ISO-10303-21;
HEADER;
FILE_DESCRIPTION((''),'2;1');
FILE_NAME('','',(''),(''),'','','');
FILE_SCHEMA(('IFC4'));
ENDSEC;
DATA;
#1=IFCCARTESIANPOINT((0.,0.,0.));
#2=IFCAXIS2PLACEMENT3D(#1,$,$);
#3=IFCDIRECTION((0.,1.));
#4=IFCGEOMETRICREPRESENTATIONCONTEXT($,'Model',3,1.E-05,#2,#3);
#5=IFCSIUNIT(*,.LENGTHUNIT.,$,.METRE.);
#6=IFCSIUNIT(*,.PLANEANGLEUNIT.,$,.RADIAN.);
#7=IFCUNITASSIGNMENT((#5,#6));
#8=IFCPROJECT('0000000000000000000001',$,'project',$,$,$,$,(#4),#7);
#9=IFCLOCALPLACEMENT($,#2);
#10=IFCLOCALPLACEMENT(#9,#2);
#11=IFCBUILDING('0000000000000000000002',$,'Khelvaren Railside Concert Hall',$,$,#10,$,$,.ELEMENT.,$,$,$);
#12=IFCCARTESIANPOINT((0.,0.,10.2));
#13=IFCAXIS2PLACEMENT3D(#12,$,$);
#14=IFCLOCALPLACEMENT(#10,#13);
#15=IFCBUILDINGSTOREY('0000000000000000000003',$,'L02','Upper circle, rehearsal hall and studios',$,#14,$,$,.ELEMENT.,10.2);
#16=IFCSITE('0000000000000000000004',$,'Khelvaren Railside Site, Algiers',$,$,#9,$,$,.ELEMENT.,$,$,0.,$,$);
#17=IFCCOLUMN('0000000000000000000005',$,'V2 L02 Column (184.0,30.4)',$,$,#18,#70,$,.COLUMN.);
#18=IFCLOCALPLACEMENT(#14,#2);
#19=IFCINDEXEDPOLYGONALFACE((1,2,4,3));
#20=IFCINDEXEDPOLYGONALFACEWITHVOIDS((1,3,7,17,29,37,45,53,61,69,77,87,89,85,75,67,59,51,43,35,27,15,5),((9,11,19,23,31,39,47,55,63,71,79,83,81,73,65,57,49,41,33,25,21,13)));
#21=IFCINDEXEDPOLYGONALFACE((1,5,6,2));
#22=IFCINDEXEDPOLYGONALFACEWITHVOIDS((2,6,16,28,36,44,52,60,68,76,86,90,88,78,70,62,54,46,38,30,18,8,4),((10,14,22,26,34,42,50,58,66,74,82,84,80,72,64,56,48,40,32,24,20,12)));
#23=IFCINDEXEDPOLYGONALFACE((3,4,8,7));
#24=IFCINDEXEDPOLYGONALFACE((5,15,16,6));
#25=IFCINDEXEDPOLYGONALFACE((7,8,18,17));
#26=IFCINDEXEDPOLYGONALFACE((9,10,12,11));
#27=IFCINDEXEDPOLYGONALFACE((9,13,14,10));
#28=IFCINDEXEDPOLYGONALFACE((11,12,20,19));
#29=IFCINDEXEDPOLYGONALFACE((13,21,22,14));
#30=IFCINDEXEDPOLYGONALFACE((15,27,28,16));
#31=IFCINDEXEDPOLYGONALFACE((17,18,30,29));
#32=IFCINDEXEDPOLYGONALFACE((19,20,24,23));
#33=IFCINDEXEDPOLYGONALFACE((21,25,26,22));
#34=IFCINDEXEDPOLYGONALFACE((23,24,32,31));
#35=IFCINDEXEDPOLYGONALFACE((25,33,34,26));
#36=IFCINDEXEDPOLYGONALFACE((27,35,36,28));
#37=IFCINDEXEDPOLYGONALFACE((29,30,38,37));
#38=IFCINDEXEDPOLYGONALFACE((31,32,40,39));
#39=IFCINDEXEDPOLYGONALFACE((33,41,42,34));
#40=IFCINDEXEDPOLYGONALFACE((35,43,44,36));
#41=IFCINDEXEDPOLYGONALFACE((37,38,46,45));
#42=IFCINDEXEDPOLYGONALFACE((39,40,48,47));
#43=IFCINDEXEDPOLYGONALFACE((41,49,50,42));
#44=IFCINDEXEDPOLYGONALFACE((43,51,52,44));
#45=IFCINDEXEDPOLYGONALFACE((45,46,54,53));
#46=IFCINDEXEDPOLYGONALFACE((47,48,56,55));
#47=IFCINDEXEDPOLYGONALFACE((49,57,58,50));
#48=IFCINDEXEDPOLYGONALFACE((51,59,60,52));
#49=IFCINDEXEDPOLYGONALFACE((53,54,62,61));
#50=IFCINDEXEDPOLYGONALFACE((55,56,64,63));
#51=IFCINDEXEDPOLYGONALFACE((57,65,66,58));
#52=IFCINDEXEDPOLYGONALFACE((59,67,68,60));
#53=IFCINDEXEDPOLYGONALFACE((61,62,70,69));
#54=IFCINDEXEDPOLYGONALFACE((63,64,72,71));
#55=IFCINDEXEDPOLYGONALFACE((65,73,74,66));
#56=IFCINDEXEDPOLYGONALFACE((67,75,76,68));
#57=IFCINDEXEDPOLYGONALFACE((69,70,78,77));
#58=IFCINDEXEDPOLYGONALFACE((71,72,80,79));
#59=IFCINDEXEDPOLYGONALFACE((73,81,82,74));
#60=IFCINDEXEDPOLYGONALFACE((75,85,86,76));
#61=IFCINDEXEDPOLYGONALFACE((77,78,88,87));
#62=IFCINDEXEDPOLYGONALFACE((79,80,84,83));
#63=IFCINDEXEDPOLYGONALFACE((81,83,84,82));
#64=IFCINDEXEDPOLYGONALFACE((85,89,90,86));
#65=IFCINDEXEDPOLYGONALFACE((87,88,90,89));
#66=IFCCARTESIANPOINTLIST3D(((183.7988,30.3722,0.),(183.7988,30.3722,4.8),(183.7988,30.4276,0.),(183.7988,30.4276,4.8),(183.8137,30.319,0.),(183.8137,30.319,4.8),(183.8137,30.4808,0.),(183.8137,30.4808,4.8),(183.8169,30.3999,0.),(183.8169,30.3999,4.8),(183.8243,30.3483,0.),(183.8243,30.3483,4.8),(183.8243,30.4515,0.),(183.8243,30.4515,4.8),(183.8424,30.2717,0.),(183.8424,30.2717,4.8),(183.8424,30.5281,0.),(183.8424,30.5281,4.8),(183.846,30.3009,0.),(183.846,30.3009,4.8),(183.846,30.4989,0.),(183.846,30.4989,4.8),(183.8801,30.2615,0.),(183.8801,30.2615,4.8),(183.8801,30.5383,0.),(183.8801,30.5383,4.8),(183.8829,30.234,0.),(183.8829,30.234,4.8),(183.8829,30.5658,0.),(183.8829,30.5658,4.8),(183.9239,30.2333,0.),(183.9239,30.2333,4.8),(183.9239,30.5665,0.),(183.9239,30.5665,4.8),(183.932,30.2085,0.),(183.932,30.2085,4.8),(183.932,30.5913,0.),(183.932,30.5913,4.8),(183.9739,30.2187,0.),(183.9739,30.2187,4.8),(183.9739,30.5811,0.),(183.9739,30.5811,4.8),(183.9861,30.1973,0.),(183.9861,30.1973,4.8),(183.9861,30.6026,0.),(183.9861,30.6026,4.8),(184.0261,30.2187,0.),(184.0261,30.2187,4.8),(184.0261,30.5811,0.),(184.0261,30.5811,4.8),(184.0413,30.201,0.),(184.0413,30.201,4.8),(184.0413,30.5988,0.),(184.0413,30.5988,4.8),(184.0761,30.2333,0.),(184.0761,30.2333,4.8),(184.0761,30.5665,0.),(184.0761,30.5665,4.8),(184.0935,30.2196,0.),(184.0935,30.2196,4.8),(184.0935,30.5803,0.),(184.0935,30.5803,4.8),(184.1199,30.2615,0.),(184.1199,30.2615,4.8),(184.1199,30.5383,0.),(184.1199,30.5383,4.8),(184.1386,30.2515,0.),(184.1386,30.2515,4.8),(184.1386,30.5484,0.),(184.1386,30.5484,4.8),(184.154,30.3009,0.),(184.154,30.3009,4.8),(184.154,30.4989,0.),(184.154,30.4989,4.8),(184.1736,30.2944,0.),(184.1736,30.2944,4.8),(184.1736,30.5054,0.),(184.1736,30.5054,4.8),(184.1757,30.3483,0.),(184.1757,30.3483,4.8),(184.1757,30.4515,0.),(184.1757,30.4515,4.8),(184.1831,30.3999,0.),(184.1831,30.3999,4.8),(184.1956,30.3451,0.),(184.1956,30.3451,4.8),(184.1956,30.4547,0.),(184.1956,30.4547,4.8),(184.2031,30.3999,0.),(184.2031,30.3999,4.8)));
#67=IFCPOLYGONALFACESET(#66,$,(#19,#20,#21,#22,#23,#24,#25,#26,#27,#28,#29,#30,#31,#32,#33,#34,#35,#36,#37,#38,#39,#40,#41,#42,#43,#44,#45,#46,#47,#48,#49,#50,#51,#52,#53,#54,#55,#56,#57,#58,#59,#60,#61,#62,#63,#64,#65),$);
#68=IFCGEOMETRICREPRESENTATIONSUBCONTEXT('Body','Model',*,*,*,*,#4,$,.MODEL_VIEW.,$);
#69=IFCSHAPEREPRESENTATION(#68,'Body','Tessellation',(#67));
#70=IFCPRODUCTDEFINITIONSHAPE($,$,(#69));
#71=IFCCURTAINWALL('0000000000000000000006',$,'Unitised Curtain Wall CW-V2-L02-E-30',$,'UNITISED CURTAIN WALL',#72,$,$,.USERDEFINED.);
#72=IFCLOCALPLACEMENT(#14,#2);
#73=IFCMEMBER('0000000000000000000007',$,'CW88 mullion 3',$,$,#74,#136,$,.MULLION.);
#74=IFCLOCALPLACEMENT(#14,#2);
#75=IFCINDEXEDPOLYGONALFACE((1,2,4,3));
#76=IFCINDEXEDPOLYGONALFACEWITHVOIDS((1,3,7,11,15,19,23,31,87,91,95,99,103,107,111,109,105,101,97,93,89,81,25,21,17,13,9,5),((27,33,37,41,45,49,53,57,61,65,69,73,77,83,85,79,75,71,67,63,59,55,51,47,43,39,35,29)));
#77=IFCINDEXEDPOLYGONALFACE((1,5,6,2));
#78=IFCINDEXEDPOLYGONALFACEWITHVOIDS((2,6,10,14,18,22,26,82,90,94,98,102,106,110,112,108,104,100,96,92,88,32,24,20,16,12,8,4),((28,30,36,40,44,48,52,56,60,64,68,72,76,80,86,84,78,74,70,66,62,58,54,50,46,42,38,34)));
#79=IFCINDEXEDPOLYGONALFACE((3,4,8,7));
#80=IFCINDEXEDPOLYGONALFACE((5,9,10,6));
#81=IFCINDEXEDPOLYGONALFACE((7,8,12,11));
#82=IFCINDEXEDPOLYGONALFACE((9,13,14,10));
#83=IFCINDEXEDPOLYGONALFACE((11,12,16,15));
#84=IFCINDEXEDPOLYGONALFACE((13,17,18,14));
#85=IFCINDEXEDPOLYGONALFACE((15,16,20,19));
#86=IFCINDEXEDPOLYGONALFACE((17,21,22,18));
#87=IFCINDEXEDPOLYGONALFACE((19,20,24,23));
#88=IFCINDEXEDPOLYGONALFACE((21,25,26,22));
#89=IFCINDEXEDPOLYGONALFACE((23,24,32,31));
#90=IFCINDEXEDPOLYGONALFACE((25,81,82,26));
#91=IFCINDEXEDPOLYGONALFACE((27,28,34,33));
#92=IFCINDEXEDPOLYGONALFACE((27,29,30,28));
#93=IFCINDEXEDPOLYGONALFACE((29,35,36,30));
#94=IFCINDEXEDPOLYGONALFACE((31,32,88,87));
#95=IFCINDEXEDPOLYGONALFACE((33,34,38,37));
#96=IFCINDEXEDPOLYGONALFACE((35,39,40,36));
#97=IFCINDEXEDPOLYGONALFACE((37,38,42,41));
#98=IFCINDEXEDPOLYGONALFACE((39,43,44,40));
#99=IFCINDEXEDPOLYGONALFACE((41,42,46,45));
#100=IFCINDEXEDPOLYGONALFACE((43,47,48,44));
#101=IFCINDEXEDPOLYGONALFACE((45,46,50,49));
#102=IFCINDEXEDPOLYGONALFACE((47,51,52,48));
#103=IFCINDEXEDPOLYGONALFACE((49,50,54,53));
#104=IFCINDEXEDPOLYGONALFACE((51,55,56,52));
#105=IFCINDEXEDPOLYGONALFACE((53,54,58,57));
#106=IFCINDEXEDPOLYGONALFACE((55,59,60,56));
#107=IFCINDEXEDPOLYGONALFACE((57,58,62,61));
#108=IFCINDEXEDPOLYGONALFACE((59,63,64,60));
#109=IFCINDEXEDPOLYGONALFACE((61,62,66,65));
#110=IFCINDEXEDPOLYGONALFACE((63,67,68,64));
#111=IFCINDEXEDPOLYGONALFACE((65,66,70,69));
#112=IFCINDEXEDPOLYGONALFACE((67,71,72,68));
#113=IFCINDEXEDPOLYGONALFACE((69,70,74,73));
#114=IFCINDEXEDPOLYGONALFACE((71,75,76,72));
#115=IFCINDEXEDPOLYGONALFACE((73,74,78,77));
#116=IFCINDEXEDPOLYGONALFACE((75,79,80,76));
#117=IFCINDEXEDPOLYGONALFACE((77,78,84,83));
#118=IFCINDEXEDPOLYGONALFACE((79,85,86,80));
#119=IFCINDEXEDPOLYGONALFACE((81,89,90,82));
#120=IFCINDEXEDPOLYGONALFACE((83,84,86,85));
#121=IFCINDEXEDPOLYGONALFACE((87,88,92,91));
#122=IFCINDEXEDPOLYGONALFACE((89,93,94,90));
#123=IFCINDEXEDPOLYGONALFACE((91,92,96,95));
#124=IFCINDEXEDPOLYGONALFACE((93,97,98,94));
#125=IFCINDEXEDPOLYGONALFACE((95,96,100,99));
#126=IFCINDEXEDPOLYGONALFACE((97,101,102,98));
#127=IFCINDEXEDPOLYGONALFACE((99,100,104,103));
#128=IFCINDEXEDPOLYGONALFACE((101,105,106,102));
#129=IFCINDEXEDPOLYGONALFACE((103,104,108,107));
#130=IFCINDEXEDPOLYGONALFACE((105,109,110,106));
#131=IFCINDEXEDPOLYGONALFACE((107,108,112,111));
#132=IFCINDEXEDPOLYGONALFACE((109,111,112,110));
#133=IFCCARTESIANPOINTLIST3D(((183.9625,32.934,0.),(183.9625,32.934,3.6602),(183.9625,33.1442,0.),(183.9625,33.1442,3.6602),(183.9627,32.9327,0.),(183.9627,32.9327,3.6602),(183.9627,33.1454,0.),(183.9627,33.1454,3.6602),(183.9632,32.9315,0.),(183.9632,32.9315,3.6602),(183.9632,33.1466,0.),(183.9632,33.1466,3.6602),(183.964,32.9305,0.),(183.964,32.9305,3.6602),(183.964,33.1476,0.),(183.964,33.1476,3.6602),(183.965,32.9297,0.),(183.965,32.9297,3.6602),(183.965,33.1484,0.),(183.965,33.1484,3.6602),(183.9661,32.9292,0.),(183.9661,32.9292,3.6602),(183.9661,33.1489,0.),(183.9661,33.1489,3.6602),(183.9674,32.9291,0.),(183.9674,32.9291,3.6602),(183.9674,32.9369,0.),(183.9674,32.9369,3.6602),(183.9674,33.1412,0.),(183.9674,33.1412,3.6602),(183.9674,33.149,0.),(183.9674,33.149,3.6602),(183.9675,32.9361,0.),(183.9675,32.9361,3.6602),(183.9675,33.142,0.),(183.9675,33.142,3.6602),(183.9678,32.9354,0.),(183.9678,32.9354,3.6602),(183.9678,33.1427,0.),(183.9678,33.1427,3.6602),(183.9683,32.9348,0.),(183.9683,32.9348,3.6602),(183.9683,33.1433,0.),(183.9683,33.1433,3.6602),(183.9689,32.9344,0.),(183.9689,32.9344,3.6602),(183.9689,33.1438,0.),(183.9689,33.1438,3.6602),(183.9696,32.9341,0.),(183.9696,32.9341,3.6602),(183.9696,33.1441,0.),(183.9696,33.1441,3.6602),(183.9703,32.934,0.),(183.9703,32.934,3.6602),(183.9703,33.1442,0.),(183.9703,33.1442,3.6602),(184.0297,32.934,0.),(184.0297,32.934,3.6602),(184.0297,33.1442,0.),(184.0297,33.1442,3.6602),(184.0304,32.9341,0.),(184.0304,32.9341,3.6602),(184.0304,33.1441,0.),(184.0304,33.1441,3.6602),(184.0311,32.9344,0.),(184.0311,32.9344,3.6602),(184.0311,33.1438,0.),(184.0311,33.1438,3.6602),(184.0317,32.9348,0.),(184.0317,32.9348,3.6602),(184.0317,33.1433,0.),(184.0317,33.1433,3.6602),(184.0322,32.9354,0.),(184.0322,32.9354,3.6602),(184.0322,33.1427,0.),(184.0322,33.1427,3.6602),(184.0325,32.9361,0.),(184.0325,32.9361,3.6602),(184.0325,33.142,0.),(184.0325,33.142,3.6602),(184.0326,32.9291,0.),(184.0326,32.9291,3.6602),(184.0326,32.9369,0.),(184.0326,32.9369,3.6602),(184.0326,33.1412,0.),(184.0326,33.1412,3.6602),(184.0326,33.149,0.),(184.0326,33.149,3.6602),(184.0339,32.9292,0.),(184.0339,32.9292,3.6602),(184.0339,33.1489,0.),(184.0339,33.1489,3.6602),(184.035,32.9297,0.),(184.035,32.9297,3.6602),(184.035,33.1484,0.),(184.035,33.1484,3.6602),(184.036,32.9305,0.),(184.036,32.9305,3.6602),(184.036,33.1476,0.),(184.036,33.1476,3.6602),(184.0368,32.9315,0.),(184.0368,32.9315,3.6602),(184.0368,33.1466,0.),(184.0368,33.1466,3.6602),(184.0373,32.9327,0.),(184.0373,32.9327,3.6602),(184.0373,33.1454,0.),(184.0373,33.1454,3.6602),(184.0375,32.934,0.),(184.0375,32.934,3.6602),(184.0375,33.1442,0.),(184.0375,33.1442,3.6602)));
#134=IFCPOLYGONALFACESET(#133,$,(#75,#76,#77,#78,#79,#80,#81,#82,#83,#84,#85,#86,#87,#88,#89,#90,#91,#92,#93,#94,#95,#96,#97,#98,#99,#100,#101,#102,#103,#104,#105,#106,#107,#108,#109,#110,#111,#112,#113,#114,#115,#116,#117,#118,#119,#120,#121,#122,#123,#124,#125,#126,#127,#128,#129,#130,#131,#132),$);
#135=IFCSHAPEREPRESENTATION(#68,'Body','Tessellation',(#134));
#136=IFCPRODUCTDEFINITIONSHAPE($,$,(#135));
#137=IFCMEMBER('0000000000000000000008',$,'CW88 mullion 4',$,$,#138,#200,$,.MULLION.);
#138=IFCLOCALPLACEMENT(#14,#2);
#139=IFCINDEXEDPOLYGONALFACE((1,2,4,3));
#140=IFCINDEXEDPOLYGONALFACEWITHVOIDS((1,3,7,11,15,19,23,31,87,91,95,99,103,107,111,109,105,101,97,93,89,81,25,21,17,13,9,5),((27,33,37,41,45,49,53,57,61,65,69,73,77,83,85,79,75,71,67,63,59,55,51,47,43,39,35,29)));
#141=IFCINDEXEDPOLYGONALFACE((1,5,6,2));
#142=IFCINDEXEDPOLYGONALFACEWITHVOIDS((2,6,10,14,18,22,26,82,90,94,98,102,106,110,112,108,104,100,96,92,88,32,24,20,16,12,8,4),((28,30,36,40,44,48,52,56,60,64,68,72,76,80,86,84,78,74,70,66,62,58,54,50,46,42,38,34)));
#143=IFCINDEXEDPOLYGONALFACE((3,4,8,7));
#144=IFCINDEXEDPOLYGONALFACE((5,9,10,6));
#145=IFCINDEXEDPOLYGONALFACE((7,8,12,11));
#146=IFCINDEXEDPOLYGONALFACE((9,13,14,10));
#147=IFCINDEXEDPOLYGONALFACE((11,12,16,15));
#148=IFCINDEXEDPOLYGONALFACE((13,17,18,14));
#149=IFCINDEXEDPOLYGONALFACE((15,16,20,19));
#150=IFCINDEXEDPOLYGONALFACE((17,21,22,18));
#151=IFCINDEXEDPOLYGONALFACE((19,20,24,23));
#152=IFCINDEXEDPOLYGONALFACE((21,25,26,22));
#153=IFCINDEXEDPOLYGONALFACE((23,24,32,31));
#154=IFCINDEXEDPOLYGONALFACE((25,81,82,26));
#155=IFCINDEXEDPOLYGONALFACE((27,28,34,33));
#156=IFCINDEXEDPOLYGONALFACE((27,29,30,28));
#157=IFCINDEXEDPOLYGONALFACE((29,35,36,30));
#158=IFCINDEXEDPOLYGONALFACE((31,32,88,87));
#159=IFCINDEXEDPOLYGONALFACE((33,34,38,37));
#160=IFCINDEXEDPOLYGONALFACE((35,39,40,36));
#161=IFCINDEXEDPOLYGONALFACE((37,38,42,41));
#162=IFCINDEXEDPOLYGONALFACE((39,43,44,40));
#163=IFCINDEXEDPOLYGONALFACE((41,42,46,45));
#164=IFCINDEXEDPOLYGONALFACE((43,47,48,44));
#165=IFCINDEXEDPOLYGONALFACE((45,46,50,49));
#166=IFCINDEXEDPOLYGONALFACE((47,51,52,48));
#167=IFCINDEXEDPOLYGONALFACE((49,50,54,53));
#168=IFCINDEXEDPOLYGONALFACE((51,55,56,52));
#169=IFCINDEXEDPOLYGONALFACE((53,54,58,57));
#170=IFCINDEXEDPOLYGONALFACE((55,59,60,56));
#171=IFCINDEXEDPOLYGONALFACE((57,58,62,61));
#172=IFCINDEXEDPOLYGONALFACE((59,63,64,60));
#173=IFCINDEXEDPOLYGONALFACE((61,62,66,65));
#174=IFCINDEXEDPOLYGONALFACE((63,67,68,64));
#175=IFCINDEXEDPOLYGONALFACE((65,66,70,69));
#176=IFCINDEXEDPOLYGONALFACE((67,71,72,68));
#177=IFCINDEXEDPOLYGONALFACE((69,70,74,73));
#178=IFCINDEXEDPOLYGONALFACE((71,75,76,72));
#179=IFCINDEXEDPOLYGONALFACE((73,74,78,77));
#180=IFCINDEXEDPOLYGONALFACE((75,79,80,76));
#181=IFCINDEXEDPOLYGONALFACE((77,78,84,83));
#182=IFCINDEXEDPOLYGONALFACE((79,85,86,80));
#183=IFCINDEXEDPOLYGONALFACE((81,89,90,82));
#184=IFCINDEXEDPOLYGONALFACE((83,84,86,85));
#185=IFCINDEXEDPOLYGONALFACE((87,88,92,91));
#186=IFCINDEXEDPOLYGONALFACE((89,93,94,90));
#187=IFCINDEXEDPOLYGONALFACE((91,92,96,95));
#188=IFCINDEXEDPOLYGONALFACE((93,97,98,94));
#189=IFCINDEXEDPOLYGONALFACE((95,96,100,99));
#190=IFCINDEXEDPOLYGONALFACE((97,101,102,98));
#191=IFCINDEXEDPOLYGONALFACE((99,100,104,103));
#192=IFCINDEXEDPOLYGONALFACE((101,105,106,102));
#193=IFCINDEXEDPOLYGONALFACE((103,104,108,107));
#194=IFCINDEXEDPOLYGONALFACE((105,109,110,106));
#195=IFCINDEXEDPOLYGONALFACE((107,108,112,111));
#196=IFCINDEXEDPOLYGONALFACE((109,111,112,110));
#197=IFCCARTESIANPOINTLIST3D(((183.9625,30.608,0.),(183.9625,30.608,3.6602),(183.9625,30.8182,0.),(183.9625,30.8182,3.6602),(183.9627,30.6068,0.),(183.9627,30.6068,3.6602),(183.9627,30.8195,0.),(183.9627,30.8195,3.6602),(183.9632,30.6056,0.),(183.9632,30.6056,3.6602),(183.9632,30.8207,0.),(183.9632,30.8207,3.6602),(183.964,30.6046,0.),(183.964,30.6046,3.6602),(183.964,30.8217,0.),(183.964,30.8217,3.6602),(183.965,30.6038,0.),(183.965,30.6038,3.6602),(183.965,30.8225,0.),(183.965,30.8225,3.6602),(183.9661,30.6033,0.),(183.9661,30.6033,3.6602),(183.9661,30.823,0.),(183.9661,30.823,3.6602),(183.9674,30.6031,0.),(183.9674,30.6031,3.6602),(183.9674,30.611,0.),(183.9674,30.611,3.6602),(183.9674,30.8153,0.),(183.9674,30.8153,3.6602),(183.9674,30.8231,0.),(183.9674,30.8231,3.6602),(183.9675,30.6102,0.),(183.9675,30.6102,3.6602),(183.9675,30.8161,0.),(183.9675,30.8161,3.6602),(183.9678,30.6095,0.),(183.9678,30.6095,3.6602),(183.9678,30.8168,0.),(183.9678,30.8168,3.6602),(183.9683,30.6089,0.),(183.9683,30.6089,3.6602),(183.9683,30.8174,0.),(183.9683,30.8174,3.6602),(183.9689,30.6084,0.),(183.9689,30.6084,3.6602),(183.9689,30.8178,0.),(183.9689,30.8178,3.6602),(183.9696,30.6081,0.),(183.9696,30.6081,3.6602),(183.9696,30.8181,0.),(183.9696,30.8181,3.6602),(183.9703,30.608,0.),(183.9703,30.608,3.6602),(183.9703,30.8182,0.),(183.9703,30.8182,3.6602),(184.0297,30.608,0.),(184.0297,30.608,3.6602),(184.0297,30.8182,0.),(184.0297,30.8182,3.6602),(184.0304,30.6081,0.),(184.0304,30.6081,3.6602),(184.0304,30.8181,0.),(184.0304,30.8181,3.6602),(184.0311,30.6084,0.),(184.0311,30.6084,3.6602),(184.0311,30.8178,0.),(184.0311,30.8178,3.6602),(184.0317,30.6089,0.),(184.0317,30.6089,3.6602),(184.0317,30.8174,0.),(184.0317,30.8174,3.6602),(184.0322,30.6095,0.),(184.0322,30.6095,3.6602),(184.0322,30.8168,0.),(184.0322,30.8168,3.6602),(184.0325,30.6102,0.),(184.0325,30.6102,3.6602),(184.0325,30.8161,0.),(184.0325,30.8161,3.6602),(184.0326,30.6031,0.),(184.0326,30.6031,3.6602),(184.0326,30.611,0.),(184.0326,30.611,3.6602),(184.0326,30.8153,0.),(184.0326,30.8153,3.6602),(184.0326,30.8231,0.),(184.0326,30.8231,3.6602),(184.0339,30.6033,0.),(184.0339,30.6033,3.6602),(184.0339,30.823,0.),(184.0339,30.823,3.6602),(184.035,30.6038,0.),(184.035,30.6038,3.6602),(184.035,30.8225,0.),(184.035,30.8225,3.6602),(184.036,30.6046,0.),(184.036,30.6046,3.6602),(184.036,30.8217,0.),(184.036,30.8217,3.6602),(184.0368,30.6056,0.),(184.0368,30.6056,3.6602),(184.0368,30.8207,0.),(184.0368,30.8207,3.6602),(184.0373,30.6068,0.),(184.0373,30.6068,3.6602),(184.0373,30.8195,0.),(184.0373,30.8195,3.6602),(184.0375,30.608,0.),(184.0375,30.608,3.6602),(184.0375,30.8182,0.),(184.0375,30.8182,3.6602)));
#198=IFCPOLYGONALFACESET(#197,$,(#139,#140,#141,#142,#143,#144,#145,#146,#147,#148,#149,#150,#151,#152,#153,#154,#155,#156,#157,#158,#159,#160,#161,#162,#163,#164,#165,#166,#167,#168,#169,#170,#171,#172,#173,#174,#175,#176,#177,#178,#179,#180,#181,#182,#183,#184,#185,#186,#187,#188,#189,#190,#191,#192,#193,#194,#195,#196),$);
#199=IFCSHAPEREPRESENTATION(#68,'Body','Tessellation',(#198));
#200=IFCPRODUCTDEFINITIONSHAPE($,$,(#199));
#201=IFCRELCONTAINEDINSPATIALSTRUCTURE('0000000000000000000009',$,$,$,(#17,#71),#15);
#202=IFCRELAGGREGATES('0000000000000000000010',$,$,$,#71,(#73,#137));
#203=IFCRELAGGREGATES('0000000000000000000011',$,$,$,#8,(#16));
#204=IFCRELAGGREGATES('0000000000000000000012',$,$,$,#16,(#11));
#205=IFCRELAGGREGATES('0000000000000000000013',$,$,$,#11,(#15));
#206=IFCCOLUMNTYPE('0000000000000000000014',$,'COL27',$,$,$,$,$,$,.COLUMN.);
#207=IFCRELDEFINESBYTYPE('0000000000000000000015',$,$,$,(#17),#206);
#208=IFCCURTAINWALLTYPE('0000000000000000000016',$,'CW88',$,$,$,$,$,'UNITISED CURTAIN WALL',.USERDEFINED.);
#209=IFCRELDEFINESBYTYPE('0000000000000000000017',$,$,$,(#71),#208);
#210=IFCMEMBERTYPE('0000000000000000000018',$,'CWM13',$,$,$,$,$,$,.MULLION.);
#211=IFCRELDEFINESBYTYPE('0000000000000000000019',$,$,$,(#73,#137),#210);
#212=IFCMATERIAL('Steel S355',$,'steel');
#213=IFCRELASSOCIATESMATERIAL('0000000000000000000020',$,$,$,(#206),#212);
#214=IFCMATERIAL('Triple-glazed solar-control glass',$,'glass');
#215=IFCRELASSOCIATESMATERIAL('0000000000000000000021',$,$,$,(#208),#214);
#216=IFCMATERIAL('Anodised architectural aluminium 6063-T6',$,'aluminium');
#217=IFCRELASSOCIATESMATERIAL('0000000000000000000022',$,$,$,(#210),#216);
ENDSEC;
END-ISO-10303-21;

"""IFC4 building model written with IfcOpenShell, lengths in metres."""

from ifc_helpers import new_model, si_unit, direction, frame, origin, origin_2d, place, context, subcontext, project, spatial, hollow_rectangle, hollow_circle, extrude, material, material_profile, profile_set, type_object, element, aggregate, save


model = new_model("IFC4")

# Units and contexts
model_context = context("Model", 3, precision=1e-05, world=origin(), true_north=direction((0.0, 1.0)))
body_context = subcontext(model_context, "Body", "Model", "MODEL_VIEW")
ifc_project = project(units=[si_unit("LENGTHUNIT", "METRE"), si_unit("PLANEANGLEUNIT", "RADIAN")], contexts=[model_context])

# Site, building, storey
site_placement = place(None, origin())
site = spatial("IfcSite", under=ifc_project, at=site_placement, Name="Khelvaren Railside Site, Algiers", CompositionType="ELEMENT", RefElevation=0.0)
building_placement = place(site_placement, origin())
building = spatial("IfcBuilding", under=site, at=building_placement, Name="Khelvaren Railside Concert Hall", CompositionType="ELEMENT")
storey_placement = place(building_placement, frame((0.0, 0.0, 10.2)))
storey = spatial("IfcBuildingStorey", under=building, at=storey_placement, Name="L02", Description="Upper circle, rehearsal hall and studios", CompositionType="ELEMENT", Elevation=10.2)

# Column
ifc_material_1 = material(Name="Steel S355", Category="steel")
ifc_material_profile_1 = material_profile(ifc_material_1, hollow_circle(Radius=0.2031, WallThickness=0.02, at=origin_2d()), Name="CHS 406.4x20")
ifc_profile_set_1 = profile_set([ifc_material_profile_1], Name="Steel S355")
column_type = type_object("IfcColumnType", Name="COL27", PredefinedType="COLUMN", material=ifc_profile_set_1)
column_placement = place(storey_placement, frame((184.0, 30.3999, 0.0), z_axis=(0.0, 0.0, 1.0), x_axis=(1.0, 0.0, 0.0)))
element("IfcColumn", 1, at=column_placement, inside=storey, type_object=column_type, Name="V2 L02 Column (184.0,30.4)", PredefinedType="COLUMN", context=body_context, shape_type="SweptSolid", body=[
    extrude(hollow_circle(Radius=0.2031, WallThickness=0.02, at=origin_2d()), origin(), (0.0, 0.0, 1.0), 4.8),
])

# Curtain wall, members
ifc_material_2 = material(Name="Triple-glazed solar-control glass", Category="glass")
curtain_wall_type_1 = type_object("IfcCurtainWallType", Name="CW88", ElementType="UNITISED CURTAIN WALL", PredefinedType="USERDEFINED", material=ifc_material_2)
curtain_wall_1_placement = place(storey_placement, origin())
curtain_wall_1 = element("IfcCurtainWall", 2, at=curtain_wall_1_placement, inside=storey, type_object=curtain_wall_type_1, Name="Unitised Curtain Wall CW-V2-L02-E-30", ObjectType="UNITISED CURTAIN WALL", PredefinedType="USERDEFINED")
ifc_material_3 = material(Name="Anodised architectural aluminium 6063-T6", Category="aluminium")
ifc_material_profile_2 = material_profile(ifc_material_3, hollow_rectangle(XDim=0.075, YDim=0.22, WallThickness=0.0049, InnerFilletRadius=0.0029, OuterFilletRadius=0.0049, at=origin_2d()), Name="CWM 75x220x5")
ifc_profile_set_2 = profile_set([ifc_material_profile_2], Name="Anodised architectural aluminium 6063-T6")
member_type_1 = type_object("IfcMemberType", Name="CWM13", PredefinedType="MULLION", material=ifc_profile_set_2)
member_1_placement = place(storey_placement, frame((184.0, 33.0391, 0.0), z_axis=(0.0, 0.0, 1.0), x_axis=(1.0, 0.0, 0.0)))
member_1 = element("IfcMember", 3, at=member_1_placement, type_object=member_type_1, Name="CW88 mullion 3", PredefinedType="MULLION", context=body_context, shape_type="SweptSolid", body=[
    extrude(hollow_rectangle(XDim=0.075, YDim=0.22, WallThickness=0.0049, InnerFilletRadius=0.0029, OuterFilletRadius=0.0049, at=origin_2d()), origin(), (0.0, 0.0, 1.0), 3.6602),
])
member_2_placement = place(storey_placement, frame((184.0, 30.7131, 0.0), z_axis=(0.0, 0.0, 1.0), x_axis=(1.0, 0.0, 0.0)))
member_2 = element("IfcMember", 4, at=member_2_placement, type_object=member_type_1, Name="CW88 mullion 4", PredefinedType="MULLION", context=body_context, shape_type="SweptSolid", body=[
    extrude(hollow_rectangle(XDim=0.075, YDim=0.22, WallThickness=0.0049, InnerFilletRadius=0.0029, OuterFilletRadius=0.0049, at=origin_2d()), origin(), (0.0, 0.0, 1.0), 3.6602),
])

aggregate(curtain_wall_1, [member_1, member_2])

save(model, "model.ifc")
